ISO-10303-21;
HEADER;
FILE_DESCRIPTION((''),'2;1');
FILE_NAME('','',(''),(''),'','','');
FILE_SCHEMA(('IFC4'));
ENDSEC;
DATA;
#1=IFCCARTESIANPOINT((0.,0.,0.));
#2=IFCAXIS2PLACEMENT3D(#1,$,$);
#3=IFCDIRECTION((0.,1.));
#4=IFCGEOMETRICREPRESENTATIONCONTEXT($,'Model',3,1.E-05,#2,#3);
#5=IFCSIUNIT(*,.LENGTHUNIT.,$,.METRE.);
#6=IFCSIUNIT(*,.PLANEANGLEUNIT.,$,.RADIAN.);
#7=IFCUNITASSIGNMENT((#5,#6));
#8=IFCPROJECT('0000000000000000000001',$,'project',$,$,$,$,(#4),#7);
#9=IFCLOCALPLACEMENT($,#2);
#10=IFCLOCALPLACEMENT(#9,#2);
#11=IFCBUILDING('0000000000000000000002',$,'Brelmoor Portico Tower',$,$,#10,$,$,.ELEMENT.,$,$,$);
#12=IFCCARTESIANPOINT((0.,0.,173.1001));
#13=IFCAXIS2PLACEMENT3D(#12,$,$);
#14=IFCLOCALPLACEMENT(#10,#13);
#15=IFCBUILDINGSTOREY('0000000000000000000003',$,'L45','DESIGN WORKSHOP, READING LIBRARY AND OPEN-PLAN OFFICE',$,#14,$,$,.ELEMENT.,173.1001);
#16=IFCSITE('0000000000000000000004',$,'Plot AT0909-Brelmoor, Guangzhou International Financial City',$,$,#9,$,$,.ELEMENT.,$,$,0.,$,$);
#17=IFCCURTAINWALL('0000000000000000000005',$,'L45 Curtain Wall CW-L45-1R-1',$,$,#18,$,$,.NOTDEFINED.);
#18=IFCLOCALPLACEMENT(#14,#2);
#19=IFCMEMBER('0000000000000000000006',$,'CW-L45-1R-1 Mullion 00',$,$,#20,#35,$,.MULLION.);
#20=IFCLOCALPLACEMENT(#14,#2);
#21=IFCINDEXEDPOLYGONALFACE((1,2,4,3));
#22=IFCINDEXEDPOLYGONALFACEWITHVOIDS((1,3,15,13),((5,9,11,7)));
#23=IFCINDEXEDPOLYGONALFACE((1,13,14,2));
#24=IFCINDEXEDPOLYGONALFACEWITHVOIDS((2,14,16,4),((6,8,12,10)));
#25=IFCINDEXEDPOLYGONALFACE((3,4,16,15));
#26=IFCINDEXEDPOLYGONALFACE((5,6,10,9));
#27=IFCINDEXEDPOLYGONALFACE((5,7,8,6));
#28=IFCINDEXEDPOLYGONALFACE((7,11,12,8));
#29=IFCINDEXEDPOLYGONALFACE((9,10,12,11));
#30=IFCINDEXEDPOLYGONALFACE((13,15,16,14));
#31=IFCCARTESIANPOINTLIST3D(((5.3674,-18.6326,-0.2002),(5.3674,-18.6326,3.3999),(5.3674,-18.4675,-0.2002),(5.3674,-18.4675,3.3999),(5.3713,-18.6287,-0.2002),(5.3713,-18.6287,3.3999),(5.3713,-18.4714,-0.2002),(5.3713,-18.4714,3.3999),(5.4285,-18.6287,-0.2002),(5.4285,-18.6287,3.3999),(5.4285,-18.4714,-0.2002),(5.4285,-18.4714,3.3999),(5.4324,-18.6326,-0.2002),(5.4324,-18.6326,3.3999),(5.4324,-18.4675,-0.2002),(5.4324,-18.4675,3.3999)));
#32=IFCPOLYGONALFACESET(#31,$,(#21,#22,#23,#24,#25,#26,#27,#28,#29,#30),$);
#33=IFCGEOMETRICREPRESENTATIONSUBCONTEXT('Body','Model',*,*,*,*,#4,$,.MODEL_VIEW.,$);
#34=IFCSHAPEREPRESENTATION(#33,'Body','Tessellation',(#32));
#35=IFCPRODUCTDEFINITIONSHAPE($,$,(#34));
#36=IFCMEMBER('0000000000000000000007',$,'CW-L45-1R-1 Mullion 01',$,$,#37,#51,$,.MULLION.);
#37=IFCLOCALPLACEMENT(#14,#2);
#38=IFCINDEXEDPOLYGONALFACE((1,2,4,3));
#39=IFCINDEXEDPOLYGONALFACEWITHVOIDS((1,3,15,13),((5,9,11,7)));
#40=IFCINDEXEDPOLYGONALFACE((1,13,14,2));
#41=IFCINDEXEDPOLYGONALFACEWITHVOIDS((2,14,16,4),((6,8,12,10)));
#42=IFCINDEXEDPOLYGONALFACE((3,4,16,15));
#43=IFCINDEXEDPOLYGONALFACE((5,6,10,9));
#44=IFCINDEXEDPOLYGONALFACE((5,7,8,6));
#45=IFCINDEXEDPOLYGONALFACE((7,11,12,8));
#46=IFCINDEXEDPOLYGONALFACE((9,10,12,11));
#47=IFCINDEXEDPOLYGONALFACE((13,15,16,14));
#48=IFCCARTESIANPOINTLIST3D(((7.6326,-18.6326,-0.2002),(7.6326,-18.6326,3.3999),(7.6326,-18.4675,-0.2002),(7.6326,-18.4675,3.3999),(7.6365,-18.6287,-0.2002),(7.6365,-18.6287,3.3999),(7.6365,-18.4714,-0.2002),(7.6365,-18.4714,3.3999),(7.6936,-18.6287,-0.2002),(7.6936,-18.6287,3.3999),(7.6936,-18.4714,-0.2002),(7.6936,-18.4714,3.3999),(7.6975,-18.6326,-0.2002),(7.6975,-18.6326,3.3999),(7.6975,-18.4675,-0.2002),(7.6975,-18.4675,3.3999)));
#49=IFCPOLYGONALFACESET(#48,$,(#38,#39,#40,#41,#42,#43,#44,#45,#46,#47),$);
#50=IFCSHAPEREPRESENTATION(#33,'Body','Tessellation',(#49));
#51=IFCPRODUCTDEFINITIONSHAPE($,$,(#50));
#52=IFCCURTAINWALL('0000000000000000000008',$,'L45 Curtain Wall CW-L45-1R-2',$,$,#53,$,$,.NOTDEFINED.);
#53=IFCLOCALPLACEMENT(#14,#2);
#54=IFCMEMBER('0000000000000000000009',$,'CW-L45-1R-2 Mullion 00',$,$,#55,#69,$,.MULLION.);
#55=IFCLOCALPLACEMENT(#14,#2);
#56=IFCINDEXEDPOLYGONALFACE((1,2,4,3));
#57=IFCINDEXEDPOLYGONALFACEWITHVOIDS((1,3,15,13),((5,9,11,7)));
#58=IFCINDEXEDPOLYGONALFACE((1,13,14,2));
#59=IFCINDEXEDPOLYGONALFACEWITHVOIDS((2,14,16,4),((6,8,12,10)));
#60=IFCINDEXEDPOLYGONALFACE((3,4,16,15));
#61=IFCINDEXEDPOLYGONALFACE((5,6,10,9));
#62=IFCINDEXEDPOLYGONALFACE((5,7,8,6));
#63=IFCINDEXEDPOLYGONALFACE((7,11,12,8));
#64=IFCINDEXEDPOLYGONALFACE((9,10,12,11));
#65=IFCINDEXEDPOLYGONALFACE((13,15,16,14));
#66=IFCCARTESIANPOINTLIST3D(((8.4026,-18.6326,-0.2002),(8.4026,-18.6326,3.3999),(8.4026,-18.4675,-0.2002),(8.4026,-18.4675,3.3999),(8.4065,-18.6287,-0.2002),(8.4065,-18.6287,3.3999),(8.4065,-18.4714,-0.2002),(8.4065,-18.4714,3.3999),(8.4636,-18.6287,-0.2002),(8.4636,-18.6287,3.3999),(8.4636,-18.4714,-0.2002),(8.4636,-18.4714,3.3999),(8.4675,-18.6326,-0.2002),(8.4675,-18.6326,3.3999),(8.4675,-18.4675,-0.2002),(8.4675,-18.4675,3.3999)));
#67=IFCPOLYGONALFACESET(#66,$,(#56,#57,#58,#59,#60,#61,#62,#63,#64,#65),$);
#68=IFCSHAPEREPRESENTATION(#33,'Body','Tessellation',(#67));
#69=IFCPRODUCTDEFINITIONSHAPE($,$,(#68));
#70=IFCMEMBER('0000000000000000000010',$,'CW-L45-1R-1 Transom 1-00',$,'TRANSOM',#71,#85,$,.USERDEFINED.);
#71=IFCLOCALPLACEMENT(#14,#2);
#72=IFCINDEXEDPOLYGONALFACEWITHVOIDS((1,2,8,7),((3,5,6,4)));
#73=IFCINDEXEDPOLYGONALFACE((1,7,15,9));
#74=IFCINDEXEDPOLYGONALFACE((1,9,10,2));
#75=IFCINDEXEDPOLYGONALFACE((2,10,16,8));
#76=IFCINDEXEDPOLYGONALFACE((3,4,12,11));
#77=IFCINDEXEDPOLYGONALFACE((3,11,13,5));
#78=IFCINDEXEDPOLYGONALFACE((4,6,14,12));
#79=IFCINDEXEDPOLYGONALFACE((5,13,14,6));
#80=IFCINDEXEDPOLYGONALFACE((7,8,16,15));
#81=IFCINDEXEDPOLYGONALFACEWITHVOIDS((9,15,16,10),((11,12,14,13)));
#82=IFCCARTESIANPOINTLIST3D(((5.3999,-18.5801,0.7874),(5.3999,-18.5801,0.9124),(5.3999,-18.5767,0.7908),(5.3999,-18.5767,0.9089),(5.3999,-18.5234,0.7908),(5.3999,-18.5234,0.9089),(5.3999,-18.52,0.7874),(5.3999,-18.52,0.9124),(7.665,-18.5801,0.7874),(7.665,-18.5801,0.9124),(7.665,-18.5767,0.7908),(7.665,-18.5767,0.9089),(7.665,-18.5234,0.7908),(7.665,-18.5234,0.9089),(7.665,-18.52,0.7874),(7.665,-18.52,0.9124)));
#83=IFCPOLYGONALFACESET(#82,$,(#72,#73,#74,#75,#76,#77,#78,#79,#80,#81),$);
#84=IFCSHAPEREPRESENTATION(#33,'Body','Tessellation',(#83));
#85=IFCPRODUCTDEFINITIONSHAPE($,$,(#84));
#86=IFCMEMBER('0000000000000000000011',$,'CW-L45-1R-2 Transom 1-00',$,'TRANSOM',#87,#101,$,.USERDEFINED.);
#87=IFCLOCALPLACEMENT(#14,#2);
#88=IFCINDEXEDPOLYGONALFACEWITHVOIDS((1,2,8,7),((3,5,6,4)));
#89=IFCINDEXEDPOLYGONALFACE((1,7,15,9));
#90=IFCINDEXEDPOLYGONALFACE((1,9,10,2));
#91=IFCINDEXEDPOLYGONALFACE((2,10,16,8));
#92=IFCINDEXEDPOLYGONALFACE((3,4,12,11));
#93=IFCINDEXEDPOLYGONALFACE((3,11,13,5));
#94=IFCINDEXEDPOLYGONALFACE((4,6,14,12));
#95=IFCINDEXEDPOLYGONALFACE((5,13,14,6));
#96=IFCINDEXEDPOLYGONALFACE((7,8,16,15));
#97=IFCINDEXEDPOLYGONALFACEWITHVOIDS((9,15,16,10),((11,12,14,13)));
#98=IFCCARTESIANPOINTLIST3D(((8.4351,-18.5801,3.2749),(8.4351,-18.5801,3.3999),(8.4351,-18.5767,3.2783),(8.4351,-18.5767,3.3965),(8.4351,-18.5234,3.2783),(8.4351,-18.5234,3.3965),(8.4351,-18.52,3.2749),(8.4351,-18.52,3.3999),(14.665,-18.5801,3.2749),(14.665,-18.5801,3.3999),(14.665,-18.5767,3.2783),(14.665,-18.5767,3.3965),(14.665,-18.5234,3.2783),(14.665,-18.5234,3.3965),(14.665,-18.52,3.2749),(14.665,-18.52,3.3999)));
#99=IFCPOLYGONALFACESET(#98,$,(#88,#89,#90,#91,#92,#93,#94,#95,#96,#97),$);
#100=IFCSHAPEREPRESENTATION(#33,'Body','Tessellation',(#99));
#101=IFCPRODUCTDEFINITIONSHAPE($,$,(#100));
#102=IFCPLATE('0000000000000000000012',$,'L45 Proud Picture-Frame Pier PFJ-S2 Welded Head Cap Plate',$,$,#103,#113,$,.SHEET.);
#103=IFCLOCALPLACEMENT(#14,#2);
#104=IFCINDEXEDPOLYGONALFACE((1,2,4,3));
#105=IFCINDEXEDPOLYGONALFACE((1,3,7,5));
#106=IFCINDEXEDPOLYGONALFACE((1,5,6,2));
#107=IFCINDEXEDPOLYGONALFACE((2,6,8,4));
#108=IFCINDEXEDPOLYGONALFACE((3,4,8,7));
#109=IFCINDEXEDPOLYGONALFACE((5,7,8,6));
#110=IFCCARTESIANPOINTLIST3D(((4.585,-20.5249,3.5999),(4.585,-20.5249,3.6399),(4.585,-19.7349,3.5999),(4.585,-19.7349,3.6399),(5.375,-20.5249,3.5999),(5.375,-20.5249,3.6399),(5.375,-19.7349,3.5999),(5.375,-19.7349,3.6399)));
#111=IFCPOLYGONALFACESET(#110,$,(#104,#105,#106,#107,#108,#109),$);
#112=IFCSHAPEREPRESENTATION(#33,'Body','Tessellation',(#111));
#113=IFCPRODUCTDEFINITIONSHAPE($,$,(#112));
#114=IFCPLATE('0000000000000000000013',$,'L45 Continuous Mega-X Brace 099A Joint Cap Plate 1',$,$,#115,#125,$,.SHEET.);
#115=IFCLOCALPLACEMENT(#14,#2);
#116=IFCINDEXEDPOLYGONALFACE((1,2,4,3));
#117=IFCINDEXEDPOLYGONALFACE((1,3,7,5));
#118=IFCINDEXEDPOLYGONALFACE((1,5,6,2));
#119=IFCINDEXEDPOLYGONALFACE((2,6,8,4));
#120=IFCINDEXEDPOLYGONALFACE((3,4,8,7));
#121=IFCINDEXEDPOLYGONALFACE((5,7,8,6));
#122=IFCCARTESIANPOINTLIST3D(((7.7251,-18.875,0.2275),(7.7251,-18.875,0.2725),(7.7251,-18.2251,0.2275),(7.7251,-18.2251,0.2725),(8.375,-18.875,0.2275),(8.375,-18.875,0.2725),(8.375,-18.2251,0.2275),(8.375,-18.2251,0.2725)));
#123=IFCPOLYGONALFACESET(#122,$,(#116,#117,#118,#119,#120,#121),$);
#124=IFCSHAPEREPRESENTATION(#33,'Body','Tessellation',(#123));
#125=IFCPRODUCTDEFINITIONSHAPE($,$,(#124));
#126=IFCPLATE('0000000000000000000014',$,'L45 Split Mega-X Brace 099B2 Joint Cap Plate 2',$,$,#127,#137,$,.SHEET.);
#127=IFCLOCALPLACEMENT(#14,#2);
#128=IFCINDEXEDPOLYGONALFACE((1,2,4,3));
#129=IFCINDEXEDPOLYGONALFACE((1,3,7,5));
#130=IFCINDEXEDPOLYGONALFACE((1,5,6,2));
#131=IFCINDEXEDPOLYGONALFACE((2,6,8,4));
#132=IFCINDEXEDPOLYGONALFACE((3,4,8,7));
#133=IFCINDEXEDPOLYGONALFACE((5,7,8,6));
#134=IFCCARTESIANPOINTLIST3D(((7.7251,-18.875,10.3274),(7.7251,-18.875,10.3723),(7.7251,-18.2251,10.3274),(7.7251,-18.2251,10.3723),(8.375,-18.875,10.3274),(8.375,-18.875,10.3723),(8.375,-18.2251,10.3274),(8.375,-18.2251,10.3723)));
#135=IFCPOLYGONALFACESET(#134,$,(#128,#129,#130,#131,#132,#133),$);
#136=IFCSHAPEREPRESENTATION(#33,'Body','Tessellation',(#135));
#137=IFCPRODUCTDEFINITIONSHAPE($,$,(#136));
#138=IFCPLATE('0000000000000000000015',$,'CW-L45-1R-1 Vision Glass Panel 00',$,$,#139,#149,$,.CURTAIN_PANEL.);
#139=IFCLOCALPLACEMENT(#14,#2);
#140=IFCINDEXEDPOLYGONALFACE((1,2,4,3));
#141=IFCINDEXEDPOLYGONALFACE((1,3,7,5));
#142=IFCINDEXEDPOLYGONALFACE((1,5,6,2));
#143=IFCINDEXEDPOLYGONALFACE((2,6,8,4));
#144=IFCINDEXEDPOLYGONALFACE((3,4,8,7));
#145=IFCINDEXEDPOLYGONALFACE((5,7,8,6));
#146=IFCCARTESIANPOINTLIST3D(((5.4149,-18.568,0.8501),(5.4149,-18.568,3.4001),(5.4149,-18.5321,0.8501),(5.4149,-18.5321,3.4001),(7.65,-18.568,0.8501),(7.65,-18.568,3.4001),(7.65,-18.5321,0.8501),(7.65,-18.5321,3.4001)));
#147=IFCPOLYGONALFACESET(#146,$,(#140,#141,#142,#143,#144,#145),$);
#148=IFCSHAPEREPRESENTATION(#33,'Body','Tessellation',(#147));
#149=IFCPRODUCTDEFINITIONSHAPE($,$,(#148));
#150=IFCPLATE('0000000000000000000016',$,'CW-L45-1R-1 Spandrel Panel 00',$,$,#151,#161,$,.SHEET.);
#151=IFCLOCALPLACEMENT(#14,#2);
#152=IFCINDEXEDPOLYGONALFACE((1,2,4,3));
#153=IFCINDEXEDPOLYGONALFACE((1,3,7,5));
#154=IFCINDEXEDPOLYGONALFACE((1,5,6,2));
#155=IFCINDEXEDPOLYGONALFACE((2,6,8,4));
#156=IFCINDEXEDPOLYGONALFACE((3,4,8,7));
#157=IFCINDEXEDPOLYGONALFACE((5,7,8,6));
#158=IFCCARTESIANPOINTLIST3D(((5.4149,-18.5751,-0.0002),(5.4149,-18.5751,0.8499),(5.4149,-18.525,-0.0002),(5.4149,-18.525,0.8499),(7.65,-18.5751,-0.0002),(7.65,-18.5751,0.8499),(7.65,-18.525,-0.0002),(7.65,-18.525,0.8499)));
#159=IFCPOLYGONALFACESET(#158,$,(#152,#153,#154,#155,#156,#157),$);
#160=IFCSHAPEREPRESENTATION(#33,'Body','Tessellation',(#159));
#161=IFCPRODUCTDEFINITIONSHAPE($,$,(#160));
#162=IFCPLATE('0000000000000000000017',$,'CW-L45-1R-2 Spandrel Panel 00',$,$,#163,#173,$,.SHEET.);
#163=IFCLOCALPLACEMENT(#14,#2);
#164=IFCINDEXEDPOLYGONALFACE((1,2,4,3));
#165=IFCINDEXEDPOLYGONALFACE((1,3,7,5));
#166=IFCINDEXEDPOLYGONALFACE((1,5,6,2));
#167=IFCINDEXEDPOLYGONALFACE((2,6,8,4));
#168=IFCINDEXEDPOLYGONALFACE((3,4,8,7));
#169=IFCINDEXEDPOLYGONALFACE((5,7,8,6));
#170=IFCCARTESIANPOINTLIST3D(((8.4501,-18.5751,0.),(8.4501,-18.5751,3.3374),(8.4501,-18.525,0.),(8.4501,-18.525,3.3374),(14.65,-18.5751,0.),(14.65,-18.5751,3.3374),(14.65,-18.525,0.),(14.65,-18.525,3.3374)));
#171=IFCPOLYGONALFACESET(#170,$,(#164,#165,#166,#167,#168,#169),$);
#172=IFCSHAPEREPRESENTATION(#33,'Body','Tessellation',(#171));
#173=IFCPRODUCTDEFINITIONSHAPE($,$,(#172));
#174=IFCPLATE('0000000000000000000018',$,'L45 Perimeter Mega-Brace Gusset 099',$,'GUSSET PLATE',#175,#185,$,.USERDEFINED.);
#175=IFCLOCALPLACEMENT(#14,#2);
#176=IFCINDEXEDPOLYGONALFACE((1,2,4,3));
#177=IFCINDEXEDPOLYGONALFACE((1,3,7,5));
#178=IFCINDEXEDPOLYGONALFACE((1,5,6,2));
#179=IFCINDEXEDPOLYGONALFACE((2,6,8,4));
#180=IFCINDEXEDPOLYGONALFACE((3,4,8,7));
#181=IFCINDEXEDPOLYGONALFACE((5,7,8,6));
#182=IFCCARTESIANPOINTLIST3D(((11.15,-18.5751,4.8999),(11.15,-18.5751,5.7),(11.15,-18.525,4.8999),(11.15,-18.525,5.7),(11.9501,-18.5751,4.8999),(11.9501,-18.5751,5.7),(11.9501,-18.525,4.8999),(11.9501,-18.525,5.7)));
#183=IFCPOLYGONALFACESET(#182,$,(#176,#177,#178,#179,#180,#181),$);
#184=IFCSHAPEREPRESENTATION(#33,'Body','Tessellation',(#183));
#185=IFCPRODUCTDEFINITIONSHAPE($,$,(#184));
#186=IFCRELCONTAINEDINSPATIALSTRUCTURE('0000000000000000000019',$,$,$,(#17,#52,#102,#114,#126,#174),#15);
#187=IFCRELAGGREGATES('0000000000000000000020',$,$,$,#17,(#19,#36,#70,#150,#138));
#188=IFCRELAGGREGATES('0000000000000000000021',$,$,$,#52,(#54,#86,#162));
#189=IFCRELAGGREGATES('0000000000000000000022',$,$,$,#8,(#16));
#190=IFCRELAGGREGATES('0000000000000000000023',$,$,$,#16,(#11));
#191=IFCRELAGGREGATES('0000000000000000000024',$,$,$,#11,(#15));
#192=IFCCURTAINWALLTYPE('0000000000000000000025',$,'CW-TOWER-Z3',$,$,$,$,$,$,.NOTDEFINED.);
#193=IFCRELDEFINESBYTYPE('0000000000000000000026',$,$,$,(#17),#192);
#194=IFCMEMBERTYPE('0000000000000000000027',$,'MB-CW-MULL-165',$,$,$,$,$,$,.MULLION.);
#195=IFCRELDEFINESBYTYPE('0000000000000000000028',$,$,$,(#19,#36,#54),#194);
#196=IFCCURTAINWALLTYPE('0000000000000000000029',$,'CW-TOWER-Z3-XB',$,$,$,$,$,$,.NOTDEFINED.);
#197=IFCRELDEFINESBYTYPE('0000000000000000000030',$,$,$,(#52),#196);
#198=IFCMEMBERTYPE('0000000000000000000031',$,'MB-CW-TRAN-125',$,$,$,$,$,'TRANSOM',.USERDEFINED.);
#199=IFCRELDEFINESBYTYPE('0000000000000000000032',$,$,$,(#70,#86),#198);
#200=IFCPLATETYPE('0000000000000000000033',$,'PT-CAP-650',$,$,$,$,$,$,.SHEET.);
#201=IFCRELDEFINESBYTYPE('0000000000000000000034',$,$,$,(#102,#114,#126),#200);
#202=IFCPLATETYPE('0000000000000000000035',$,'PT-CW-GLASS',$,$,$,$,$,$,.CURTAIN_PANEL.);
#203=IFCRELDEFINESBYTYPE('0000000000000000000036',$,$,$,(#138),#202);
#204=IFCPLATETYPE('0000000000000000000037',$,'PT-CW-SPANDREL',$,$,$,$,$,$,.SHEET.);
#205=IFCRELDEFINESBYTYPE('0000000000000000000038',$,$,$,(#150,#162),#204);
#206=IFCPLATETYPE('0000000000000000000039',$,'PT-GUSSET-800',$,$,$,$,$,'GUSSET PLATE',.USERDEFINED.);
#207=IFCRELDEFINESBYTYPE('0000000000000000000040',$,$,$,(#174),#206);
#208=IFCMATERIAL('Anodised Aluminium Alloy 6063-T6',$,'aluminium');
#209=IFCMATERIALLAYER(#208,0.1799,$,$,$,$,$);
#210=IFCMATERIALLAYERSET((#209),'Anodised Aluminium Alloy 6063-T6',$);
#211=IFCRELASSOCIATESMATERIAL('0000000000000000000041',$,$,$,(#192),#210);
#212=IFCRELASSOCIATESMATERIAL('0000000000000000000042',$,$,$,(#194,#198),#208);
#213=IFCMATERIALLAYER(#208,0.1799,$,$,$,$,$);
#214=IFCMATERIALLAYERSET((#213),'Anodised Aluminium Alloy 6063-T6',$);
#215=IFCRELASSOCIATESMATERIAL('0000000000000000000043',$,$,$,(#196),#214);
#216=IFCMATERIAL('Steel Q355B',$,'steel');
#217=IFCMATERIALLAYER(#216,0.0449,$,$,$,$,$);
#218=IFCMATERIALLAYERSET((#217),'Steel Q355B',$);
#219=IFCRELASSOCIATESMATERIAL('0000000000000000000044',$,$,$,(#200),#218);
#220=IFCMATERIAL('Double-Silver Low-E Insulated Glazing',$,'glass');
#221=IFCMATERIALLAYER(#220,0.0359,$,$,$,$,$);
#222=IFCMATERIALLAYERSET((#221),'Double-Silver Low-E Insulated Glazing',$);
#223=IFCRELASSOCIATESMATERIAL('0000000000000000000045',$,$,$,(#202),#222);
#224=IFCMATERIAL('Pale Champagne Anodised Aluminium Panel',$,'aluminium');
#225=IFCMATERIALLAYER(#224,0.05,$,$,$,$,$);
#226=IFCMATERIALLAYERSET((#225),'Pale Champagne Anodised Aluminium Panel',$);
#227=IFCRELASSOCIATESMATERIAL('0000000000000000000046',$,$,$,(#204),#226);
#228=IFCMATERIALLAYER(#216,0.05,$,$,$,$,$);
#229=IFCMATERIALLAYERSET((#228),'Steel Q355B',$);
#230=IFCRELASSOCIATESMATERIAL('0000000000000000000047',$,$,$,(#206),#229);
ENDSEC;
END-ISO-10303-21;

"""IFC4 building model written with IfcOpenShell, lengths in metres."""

from ifc_helpers import new_model, si_unit, direction, frame, origin, origin_2d, place, context, subcontext, project, spatial, rectangle, hollow_rectangle, extrude, material, layer, layer_set, material_profile, profile_set, type_object, element, aggregate, save


model = new_model("IFC4")

# Units and contexts
model_context = context("Model", 3, precision=1e-05, world=origin(), true_north=direction((0.0, 1.0)))
body_context = subcontext(model_context, "Body", "Model", "MODEL_VIEW")
ifc_project = project(units=[si_unit("LENGTHUNIT", "METRE"), si_unit("PLANEANGLEUNIT", "RADIAN")], contexts=[model_context])

# Site, building, storey
site_placement = place(None, origin())
site = spatial("IfcSite", under=ifc_project, at=site_placement, Name="Plot AT0909-Brelmoor, Guangzhou International Financial City", CompositionType="ELEMENT", RefElevation=0.0)
building_placement = place(site_placement, origin())
building = spatial("IfcBuilding", under=site, at=building_placement, Name="Brelmoor Portico Tower", CompositionType="ELEMENT")
storey_placement = place(building_placement, frame((0.0, 0.0, 173.1001)))
storey = spatial("IfcBuildingStorey", under=building, at=storey_placement, Name="L45", Description="DESIGN WORKSHOP, READING LIBRARY AND OPEN-PLAN OFFICE", CompositionType="ELEMENT", Elevation=173.1001)

# Shared definitions
ifc_material_1 = material(Name="Steel Q355B", Category="steel")

# Curtain wall, members
ifc_material_2 = material(Name="Anodised Aluminium Alloy 6063-T6", Category="aluminium")
ifc_layer_1 = layer(ifc_material_2, 0.1799)
ifc_layer_set_1 = layer_set([ifc_layer_1], Name="Anodised Aluminium Alloy 6063-T6")
curtain_wall_type_1 = type_object("IfcCurtainWallType", Name="CW-TOWER-Z3", PredefinedType="NOTDEFINED", material=ifc_layer_set_1)
curtain_wall_1_placement = place(storey_placement, origin())
curtain_wall_1 = element("IfcCurtainWall", 1, at=curtain_wall_1_placement, inside=storey, type_object=curtain_wall_type_1, Name="L45 Curtain Wall CW-L45-1R-1", PredefinedType="NOTDEFINED")
ifc_material_profile_1 = material_profile(ifc_material_2, hollow_rectangle(XDim=0.0649, YDim=0.165, WallThickness=0.0039, at=origin_2d()), Name="ALU MULLION 65x165")
ifc_profile_set_1 = profile_set([ifc_material_profile_1], Name="Anodised Aluminium Alloy 6063-T6")
member_type_1 = type_object("IfcMemberType", Name="MB-CW-MULL-165", PredefinedType="MULLION", material=ifc_profile_set_1)
member_1_placement = place(storey_placement, frame((5.3999, -18.55, -0.2002), z_axis=(0.0, 0.0, 1.0), x_axis=(1.0, 0.0, 0.0)))
member_1 = element("IfcMember", 2, at=member_1_placement, type_object=member_type_1, Name="CW-L45-1R-1 Mullion 00", PredefinedType="MULLION", context=body_context, shape_type="SweptSolid", body=[
    extrude(hollow_rectangle(XDim=0.0649, YDim=0.165, WallThickness=0.0039, at=origin_2d()), origin(), (0.0, 0.0, 1.0), 3.6001),
])
member_2_placement = place(storey_placement, frame((7.665, -18.55, -0.2002), z_axis=(0.0, 0.0, 1.0), x_axis=(1.0, 0.0, 0.0)))
member_2 = element("IfcMember", 3, at=member_2_placement, type_object=member_type_1, Name="CW-L45-1R-1 Mullion 01", PredefinedType="MULLION", context=body_context, shape_type="SweptSolid", body=[
    extrude(hollow_rectangle(XDim=0.0649, YDim=0.165, WallThickness=0.0039, at=origin_2d()), origin(), (0.0, 0.0, 1.0), 3.6001),
])

# Curtain wall, member
ifc_layer_2 = layer(ifc_material_2, 0.1799)
ifc_layer_set_2 = layer_set([ifc_layer_2], Name="Anodised Aluminium Alloy 6063-T6")
curtain_wall_type_2 = type_object("IfcCurtainWallType", Name="CW-TOWER-Z3-XB", PredefinedType="NOTDEFINED", material=ifc_layer_set_2)
curtain_wall_2_placement = place(storey_placement, origin())
curtain_wall_2 = element("IfcCurtainWall", 4, at=curtain_wall_2_placement, inside=storey, type_object=curtain_wall_type_2, Name="L45 Curtain Wall CW-L45-1R-2", PredefinedType="NOTDEFINED")
member_3_placement = place(storey_placement, frame((8.4351, -18.55, -0.2002), z_axis=(0.0, 0.0, 1.0), x_axis=(1.0, 0.0, 0.0)))
member_3 = element("IfcMember", 5, at=member_3_placement, type_object=member_type_1, Name="CW-L45-1R-2 Mullion 00", PredefinedType="MULLION", context=body_context, shape_type="SweptSolid", body=[
    extrude(hollow_rectangle(XDim=0.0649, YDim=0.165, WallThickness=0.0039, at=origin_2d()), origin(), (0.0, 0.0, 1.0), 3.6001),
])

# Members
ifc_material_profile_2 = material_profile(ifc_material_2, hollow_rectangle(XDim=0.0601, YDim=0.125, WallThickness=0.0034, at=origin_2d()), Name="ALU TRANSOM 60x125")
ifc_profile_set_2 = profile_set([ifc_material_profile_2], Name="Anodised Aluminium Alloy 6063-T6")
member_type_2 = type_object("IfcMemberType", Name="MB-CW-TRAN-125", ElementType="TRANSOM", PredefinedType="USERDEFINED", material=ifc_profile_set_2)
member_4_placement = place(storey_placement, frame((5.3999, -18.55, 0.8499), z_axis=(1.0, 0.0, 0.0), x_axis=(0.0, 1.0, 0.0)))
member_4 = element("IfcMember", 6, at=member_4_placement, type_object=member_type_2, Name="CW-L45-1R-1 Transom 1-00", ObjectType="TRANSOM", PredefinedType="USERDEFINED", context=body_context, shape_type="SweptSolid", body=[
    extrude(hollow_rectangle(XDim=0.0601, YDim=0.125, WallThickness=0.0034, at=origin_2d()), origin(), (0.0, 0.0, 1.0), 2.2651),
])
member_5_placement = place(storey_placement, frame((8.4351, -18.55, 3.3374), z_axis=(1.0, 0.0, 0.0), x_axis=(0.0, 1.0, 0.0)))
member_5 = element("IfcMember", 7, at=member_5_placement, type_object=member_type_2, Name="CW-L45-1R-2 Transom 1-00", ObjectType="TRANSOM", PredefinedType="USERDEFINED", context=body_context, shape_type="SweptSolid", body=[
    extrude(hollow_rectangle(XDim=0.0601, YDim=0.125, WallThickness=0.0034, at=origin_2d()), origin(), (0.0, 0.0, 1.0), 6.23),
])

# Plates
ifc_layer_3 = layer(ifc_material_1, 0.0449)
ifc_layer_set_3 = layer_set([ifc_layer_3], Name="Steel Q355B")
plate_type_1 = type_object("IfcPlateType", Name="PT-CAP-650", PredefinedType="SHEET", material=ifc_layer_set_3)
plate_1_placement = place(storey_placement, frame((4.98, -20.1299, 3.5999), z_axis=(0.0, 0.0, 1.0), x_axis=(1.0, 0.0, 0.0)))
element("IfcPlate", 8, at=plate_1_placement, inside=storey, type_object=plate_type_1, Name="L45 Proud Picture-Frame Pier PFJ-S2 Welded Head Cap Plate", PredefinedType="SHEET", context=body_context, shape_type="SweptSolid", body=[
    extrude(rectangle(XDim=0.79, YDim=0.79, at=origin_2d()), origin(), (0.0, 0.0, 1.0), 0.04),
])
for number, where, z_axis, x_axis, name in (
    (9, (8.05, -18.55, 0.2275), (0.0, 0.0, 1.0), (1.0, 0.0, 0.0), "L45 Continuous Mega-X Brace 099A Joint Cap Plate 1"),
    (10, (8.05, -18.55, 10.3274), (0.0, 0.0, 1.0), (1.0, 0.0, 0.0), "L45 Split Mega-X Brace 099B2 Joint Cap Plate 2"),
):
    element("IfcPlate", number, at=place(storey_placement, frame(where, z_axis=z_axis, x_axis=x_axis)), inside=storey, type_object=plate_type_1, Name=name, PredefinedType="SHEET", context=body_context, shape_type="SweptSolid", body=[
        extrude(rectangle(XDim=0.6499, YDim=0.6499, at=origin_2d()), origin(), (0.0, 0.0, 1.0), 0.0449),
    ])

# Plates
ifc_material_3 = material(Name="Double-Silver Low-E Insulated Glazing", Category="glass")
ifc_layer_4 = layer(ifc_material_3, 0.0359)
ifc_layer_set_4 = layer_set([ifc_layer_4], Name="Double-Silver Low-E Insulated Glazing")
plate_type_2 = type_object("IfcPlateType", Name="PT-CW-GLASS", PredefinedType="CURTAIN_PANEL", material=ifc_layer_set_4)
plate_2_placement = place(storey_placement, frame((6.5325, -18.55, 0.8501), z_axis=(0.0, 0.0, 1.0), x_axis=(1.0, 0.0, 0.0)))
plate_2 = element("IfcPlate", 11, at=plate_2_placement, type_object=plate_type_2, Name="CW-L45-1R-1 Vision Glass Panel 00", PredefinedType="CURTAIN_PANEL", context=body_context, shape_type="SweptSolid", body=[
    extrude(rectangle(XDim=2.2351, YDim=0.0359, at=origin_2d()), origin(), (0.0, 0.0, 1.0), 2.55),
])
ifc_material_4 = material(Name="Pale Champagne Anodised Aluminium Panel", Category="aluminium")
ifc_layer_5 = layer(ifc_material_4, 0.05)
ifc_layer_set_5 = layer_set([ifc_layer_5], Name="Pale Champagne Anodised Aluminium Panel")
plate_type_3 = type_object("IfcPlateType", Name="PT-CW-SPANDREL", PredefinedType="SHEET", material=ifc_layer_set_5)
plate_3_placement = place(storey_placement, frame((6.5325, -18.55, -0.0002), z_axis=(0.0, 0.0, 1.0), x_axis=(1.0, 0.0, 0.0)))
plate_3 = element("IfcPlate", 12, at=plate_3_placement, type_object=plate_type_3, Name="CW-L45-1R-1 Spandrel Panel 00", PredefinedType="SHEET", context=body_context, shape_type="SweptSolid", body=[
    extrude(rectangle(XDim=2.2351, YDim=0.05, at=origin_2d()), origin(), (0.0, 0.0, 1.0), 0.8501),
])
aggregate(curtain_wall_1, [member_1, member_2, member_4, plate_3, plate_2])
plate_4_placement = place(storey_placement, frame((11.55, -18.55, 0.0), z_axis=(0.0, 0.0, 1.0), x_axis=(1.0, 0.0, 0.0)))
plate_4 = element("IfcPlate", 13, at=plate_4_placement, type_object=plate_type_3, Name="CW-L45-1R-2 Spandrel Panel 00", PredefinedType="SHEET", context=body_context, shape_type="SweptSolid", body=[
    extrude(rectangle(XDim=6.2, YDim=0.05, at=origin_2d()), origin(), (0.0, 0.0, 1.0), 3.3374),
])
aggregate(curtain_wall_2, [member_3, member_5, plate_4])

# Plate
ifc_layer_6 = layer(ifc_material_1, 0.05)
ifc_layer_set_6 = layer_set([ifc_layer_6], Name="Steel Q355B")
plate_type_4 = type_object("IfcPlateType", Name="PT-GUSSET-800", ElementType="GUSSET PLATE", PredefinedType="USERDEFINED", material=ifc_layer_set_6)
plate_5_placement = place(storey_placement, frame((11.55, -18.55, 4.8999), z_axis=(0.0, 0.0, 1.0), x_axis=(1.0, 0.0, 0.0)))
element("IfcPlate", 14, at=plate_5_placement, inside=storey, type_object=plate_type_4, Name="L45 Perimeter Mega-Brace Gusset 099", ObjectType="GUSSET PLATE", PredefinedType="USERDEFINED", context=body_context, shape_type="SweptSolid", body=[
    extrude(rectangle(XDim=0.8, YDim=0.05, at=origin_2d()), origin(), (0.0, 0.0, 1.0), 0.8),
])

save(model, "model.ifc")
